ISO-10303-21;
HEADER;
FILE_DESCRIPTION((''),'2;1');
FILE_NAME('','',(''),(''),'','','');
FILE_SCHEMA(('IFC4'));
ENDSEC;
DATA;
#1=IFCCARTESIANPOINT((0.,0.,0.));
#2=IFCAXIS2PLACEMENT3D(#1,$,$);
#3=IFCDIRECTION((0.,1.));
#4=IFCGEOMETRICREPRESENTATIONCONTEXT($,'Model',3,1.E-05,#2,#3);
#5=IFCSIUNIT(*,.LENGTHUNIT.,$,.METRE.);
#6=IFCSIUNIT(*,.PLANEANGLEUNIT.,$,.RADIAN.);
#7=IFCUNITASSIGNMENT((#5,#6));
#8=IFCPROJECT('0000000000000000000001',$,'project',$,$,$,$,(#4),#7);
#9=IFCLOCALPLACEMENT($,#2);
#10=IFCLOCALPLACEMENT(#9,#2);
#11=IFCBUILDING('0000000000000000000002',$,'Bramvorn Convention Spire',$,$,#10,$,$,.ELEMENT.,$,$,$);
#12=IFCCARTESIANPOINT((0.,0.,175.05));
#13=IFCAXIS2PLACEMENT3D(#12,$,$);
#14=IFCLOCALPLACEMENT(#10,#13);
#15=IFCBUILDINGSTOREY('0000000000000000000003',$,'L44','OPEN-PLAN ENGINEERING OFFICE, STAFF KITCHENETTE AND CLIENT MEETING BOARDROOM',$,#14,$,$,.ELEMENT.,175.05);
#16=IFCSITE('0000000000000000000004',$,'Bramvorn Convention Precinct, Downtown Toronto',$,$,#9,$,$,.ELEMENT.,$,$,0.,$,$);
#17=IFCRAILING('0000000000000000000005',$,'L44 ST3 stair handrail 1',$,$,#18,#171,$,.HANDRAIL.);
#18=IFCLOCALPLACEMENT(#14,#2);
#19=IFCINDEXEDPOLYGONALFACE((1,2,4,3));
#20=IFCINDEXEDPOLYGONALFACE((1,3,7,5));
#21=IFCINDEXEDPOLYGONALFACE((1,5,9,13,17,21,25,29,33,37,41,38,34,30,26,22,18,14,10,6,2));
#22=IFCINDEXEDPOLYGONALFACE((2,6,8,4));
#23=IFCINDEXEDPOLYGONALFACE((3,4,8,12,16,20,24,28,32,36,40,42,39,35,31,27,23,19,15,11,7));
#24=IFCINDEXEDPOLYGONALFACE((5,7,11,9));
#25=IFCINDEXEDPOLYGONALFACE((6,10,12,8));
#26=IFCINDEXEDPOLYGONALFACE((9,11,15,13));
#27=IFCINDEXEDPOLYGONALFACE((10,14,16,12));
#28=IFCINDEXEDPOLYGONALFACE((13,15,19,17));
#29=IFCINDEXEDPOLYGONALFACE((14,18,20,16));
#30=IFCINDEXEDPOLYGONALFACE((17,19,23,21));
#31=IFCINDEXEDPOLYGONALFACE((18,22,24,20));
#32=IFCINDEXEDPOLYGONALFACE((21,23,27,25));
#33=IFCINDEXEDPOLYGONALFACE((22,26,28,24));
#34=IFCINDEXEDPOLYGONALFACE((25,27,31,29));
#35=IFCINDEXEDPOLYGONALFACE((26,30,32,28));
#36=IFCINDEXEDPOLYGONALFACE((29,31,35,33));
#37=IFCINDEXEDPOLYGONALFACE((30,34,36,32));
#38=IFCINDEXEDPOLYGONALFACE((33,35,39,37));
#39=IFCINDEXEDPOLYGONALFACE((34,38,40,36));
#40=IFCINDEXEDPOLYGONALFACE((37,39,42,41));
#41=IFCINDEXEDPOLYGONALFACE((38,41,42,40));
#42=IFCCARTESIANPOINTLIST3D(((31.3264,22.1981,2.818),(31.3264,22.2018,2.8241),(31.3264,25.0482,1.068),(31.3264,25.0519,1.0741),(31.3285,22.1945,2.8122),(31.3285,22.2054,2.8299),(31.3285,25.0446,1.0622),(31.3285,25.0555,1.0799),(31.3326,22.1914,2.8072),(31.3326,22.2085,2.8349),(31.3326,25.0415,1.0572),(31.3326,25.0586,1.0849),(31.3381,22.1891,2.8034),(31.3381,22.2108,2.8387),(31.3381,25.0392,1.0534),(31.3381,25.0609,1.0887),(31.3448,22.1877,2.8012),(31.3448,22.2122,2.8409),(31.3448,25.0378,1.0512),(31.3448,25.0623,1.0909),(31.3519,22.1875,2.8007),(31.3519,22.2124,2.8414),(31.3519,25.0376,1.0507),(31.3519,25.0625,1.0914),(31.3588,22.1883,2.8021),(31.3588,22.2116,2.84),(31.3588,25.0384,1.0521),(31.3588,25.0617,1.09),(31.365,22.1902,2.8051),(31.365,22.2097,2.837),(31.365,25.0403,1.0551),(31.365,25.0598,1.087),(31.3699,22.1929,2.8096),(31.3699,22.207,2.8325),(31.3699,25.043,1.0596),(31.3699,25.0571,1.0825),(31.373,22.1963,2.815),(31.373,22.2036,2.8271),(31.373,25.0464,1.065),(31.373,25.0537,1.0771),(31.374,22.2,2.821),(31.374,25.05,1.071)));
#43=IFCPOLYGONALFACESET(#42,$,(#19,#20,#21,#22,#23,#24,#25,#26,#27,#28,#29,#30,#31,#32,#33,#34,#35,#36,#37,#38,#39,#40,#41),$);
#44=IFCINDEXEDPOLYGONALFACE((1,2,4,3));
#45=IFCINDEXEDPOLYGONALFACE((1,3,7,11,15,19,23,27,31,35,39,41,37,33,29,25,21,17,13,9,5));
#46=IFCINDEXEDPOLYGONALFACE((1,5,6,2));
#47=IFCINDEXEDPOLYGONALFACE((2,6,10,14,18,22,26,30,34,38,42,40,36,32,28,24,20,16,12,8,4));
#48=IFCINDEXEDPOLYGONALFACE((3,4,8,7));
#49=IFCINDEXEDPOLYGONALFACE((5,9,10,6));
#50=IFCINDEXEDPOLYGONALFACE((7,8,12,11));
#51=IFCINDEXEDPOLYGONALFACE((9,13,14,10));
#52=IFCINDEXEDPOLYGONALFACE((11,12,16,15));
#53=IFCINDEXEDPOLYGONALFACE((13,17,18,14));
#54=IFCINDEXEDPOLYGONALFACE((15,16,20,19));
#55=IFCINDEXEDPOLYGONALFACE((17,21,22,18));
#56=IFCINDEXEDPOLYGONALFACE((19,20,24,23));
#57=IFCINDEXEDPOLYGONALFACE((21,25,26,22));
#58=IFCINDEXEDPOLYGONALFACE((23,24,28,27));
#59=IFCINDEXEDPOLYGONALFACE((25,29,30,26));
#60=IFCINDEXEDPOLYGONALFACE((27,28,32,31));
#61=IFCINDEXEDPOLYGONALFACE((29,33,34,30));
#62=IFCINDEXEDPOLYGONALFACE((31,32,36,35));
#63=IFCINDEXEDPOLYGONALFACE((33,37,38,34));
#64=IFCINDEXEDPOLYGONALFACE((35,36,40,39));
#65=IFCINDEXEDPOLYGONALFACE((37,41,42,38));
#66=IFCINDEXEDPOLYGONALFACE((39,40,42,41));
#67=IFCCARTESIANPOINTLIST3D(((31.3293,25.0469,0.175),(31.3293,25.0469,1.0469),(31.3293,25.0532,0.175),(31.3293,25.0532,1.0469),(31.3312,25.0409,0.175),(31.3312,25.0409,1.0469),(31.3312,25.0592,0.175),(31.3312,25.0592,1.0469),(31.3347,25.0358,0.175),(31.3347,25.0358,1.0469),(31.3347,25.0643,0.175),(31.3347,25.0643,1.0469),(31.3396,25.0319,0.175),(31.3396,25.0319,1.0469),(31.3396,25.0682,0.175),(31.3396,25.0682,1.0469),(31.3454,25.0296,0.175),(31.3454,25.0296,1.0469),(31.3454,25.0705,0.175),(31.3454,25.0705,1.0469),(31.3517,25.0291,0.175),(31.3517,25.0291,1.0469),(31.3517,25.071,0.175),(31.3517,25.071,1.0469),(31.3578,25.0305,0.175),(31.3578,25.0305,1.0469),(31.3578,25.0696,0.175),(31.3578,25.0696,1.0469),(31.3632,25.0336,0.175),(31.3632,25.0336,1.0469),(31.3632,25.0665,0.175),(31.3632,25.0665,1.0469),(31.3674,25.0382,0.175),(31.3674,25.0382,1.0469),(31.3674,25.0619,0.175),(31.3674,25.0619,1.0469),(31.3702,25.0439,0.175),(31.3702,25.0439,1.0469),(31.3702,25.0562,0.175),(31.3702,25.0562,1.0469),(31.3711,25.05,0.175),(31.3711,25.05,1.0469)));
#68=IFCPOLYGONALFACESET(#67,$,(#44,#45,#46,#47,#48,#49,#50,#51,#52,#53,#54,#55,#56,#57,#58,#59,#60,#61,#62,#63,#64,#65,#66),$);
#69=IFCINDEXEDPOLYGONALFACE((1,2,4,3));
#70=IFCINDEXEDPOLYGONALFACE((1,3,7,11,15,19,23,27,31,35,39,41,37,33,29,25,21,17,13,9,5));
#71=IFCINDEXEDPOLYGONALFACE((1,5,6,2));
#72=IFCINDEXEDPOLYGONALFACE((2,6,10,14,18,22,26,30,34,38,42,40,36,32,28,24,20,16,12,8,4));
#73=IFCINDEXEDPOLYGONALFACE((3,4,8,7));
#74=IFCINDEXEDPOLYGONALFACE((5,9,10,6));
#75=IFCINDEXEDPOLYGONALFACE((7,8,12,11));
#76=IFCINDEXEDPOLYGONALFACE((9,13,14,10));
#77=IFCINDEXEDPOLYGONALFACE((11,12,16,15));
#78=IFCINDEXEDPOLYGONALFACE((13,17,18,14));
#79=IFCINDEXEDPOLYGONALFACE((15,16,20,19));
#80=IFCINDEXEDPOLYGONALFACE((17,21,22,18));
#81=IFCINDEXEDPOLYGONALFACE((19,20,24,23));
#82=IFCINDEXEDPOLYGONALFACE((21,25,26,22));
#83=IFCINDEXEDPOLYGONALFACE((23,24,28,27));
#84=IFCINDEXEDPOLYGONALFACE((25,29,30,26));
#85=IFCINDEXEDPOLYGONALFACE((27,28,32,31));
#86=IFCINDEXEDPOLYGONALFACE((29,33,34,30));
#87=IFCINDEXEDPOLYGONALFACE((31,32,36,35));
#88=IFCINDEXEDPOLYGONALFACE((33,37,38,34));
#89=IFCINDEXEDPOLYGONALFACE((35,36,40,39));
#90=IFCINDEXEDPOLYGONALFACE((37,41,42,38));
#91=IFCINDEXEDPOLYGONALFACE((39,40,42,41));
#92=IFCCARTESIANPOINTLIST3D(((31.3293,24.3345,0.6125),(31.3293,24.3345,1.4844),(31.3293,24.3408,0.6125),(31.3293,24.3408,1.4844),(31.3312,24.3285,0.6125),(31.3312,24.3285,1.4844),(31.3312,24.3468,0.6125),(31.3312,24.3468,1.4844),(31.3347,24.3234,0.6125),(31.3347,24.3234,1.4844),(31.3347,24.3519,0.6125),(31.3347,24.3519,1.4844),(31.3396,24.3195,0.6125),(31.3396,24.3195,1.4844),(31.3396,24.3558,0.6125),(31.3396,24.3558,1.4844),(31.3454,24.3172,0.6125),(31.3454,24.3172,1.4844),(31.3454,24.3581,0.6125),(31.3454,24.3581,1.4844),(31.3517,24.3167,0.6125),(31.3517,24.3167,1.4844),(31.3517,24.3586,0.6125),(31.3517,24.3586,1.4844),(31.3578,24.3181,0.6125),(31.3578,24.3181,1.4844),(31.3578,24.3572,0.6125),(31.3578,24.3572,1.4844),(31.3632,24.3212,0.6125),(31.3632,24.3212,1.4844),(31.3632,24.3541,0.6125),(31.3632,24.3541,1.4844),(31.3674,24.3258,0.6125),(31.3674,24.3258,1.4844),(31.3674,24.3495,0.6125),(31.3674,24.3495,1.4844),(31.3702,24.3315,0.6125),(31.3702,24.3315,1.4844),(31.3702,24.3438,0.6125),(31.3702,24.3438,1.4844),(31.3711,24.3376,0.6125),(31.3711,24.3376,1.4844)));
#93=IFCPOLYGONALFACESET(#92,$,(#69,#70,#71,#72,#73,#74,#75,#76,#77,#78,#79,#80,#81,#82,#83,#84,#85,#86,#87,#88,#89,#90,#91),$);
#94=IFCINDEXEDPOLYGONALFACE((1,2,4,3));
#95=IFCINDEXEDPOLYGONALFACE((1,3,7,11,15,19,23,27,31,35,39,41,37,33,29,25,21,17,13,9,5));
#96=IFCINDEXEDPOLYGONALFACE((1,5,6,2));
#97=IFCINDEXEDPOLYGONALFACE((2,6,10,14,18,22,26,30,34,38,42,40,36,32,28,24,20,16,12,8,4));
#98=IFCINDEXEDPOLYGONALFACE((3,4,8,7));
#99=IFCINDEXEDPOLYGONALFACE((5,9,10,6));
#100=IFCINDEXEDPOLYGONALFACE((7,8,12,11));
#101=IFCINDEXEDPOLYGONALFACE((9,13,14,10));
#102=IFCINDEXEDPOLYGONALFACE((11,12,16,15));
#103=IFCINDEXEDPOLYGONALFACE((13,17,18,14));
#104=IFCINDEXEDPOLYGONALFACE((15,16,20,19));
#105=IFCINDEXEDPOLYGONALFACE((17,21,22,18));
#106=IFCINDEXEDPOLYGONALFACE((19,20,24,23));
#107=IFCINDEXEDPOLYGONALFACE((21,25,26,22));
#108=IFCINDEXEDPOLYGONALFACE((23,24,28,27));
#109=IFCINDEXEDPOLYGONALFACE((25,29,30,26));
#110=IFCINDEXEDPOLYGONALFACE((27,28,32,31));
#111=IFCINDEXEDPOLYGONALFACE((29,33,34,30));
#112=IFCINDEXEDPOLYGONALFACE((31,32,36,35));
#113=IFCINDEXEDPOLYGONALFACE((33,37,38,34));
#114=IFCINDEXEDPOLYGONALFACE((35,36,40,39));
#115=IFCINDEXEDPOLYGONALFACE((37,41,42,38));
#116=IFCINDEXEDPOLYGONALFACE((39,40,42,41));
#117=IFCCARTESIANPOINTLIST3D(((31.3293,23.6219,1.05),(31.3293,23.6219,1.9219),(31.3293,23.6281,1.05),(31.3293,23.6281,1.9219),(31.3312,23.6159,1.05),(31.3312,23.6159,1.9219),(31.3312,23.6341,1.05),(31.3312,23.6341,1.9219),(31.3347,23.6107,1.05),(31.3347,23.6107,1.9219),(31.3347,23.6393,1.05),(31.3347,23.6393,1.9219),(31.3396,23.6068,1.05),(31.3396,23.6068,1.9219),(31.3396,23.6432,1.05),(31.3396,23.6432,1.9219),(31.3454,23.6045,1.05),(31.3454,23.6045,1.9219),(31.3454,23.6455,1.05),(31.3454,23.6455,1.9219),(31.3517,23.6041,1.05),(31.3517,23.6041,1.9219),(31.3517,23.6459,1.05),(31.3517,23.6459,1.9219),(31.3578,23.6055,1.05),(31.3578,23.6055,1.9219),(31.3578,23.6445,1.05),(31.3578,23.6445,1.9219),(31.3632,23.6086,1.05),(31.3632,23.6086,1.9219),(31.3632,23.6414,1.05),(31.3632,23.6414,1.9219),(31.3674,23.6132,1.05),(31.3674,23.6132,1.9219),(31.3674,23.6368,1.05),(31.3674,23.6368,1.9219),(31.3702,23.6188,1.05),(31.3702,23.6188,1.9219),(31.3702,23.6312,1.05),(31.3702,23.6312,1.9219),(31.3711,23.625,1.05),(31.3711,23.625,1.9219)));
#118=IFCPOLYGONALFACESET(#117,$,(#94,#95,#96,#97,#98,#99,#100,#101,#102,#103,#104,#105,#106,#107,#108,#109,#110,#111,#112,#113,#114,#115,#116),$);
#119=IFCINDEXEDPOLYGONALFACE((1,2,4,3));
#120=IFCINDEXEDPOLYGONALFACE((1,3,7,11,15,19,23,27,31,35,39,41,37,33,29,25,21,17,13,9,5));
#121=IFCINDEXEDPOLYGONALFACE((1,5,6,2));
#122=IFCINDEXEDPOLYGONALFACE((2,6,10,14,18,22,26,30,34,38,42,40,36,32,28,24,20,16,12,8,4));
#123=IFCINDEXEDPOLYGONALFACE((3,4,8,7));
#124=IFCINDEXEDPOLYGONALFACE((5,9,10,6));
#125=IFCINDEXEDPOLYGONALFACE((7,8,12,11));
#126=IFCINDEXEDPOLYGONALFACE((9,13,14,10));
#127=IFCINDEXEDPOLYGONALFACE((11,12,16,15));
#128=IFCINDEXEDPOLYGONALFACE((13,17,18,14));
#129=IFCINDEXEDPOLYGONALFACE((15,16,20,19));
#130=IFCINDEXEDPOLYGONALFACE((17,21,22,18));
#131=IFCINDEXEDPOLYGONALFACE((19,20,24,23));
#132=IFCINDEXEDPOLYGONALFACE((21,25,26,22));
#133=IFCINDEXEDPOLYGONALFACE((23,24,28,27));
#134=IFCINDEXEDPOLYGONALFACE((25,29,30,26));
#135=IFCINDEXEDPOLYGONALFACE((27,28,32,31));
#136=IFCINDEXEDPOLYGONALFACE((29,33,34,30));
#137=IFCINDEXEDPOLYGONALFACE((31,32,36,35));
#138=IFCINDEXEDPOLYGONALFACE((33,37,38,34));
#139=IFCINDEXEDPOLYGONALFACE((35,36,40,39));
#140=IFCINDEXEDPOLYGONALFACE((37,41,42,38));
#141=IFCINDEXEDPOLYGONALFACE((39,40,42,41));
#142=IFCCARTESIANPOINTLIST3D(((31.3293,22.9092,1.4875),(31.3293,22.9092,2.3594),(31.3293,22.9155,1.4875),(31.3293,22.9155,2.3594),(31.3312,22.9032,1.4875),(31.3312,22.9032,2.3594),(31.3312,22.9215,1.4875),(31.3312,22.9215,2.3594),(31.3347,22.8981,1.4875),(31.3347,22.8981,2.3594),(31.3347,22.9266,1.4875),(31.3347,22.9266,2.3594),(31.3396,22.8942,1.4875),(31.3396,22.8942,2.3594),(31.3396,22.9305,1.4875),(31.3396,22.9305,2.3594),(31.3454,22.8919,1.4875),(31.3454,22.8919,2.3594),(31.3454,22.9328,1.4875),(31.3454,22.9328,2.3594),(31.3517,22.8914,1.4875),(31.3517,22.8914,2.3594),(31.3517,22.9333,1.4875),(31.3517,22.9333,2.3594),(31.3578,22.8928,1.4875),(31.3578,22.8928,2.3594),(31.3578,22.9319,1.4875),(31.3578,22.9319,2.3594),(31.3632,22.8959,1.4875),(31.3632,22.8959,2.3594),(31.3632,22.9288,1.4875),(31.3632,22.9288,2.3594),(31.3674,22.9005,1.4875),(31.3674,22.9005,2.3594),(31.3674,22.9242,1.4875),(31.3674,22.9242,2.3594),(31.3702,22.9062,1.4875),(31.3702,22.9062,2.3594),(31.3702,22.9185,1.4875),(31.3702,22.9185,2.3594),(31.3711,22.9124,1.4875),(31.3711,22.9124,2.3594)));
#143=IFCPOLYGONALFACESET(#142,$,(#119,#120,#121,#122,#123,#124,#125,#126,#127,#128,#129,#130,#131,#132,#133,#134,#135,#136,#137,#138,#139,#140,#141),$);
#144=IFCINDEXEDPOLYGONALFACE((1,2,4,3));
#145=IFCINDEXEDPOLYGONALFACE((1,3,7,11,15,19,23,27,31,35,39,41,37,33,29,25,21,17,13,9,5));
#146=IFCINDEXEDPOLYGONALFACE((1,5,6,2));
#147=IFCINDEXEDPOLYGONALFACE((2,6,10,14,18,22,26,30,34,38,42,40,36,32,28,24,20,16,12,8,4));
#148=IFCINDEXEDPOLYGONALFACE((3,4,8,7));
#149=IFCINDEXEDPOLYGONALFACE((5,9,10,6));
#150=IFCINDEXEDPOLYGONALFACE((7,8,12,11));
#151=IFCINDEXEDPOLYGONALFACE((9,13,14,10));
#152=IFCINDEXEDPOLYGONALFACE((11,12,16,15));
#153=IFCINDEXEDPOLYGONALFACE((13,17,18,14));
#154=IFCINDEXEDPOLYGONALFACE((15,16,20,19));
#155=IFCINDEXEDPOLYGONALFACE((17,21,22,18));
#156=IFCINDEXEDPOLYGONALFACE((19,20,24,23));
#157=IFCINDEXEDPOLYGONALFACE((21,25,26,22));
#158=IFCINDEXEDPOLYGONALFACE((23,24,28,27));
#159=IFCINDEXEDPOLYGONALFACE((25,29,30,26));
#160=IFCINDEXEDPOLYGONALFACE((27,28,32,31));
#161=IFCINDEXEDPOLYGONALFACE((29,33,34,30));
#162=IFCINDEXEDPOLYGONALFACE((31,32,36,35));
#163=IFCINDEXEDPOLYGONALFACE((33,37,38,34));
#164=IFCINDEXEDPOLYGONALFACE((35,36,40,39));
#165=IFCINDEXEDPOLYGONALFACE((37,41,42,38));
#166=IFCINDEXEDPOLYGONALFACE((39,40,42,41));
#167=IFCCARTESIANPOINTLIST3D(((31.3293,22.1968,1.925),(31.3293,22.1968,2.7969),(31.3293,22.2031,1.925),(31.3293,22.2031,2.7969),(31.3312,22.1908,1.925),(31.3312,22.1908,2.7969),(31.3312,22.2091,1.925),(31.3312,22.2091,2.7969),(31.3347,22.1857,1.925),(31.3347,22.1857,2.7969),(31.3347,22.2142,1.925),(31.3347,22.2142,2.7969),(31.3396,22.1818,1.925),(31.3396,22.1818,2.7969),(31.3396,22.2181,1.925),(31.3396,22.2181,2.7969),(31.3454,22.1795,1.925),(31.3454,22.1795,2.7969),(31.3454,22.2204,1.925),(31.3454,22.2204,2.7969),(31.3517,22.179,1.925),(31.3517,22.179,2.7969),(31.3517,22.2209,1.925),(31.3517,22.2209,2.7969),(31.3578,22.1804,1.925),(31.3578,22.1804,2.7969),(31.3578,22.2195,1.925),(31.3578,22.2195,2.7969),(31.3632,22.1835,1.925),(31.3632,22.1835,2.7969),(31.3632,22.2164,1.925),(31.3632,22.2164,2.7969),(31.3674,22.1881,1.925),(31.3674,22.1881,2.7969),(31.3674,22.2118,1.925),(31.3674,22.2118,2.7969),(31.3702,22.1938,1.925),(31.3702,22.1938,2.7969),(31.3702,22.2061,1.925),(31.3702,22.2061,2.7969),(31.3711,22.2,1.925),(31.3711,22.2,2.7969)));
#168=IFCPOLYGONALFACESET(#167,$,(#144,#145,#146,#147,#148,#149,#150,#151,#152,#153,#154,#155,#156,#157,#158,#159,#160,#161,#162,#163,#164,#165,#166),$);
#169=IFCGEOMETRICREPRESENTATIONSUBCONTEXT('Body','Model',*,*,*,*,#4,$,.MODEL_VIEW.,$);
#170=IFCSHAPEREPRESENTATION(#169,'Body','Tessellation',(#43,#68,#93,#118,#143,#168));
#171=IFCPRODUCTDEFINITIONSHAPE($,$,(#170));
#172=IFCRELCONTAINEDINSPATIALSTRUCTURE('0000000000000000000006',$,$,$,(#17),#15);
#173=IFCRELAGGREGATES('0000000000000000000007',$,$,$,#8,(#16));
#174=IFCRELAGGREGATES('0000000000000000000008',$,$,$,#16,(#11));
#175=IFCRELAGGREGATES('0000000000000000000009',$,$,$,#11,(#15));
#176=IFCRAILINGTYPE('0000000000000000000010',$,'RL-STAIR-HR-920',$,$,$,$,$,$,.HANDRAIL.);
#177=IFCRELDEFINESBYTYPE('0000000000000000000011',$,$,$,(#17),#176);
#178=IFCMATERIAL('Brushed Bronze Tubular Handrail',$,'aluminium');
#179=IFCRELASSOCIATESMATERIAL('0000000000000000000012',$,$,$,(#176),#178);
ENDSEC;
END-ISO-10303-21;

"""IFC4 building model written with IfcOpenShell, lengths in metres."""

from ifc_helpers import new_model, si_unit, direction, frame, origin, origin_2d, place, context, subcontext, project, spatial, circle, extrude, material, type_object, element, save


model = new_model("IFC4")

# Units and contexts
model_context = context("Model", 3, precision=1e-05, world=origin(), true_north=direction((0.0, 1.0)))
body_context = subcontext(model_context, "Body", "Model", "MODEL_VIEW")
ifc_project = project(units=[si_unit("LENGTHUNIT", "METRE"), si_unit("PLANEANGLEUNIT", "RADIAN")], contexts=[model_context])

# Site, building, storey
site_placement = place(None, origin())
site = spatial("IfcSite", under=ifc_project, at=site_placement, Name="Bramvorn Convention Precinct, Downtown Toronto", CompositionType="ELEMENT", RefElevation=0.0)
building_placement = place(site_placement, origin())
building = spatial("IfcBuilding", under=site, at=building_placement, Name="Bramvorn Convention Spire", CompositionType="ELEMENT")
storey_placement = place(building_placement, frame((0.0, 0.0, 175.05)))
storey = spatial("IfcBuildingStorey", under=building, at=storey_placement, Name="L44", Description="OPEN-PLAN ENGINEERING OFFICE, STAFF KITCHENETTE AND CLIENT MEETING BOARDROOM", CompositionType="ELEMENT", Elevation=175.05)

# Railing
ifc_material_1 = material(Name="Brushed Bronze Tubular Handrail", Category="aluminium")
railing_type_1 = type_object("IfcRailingType", Name="RL-STAIR-HR-920", PredefinedType="HANDRAIL", material=ifc_material_1)
railing_1_placement = place(storey_placement, frame((31.3501, 25.05, 0.175)))
element("IfcRailing", 1, at=railing_1_placement, inside=storey, type_object=railing_type_1, Name="L44 ST3 stair handrail 1", PredefinedType="HANDRAIL", context=body_context, shape_type="SweptSolid", body=[
    extrude(circle(Radius=0.0239, at=origin_2d()), frame((0.0, 0.0, 0.896), z_axis=(0.0, -0.852179, 0.52325), x_axis=(1.0, 0.0, 0.0)), (0.0, 0.0, 1.0), 3.3445),
    extrude(circle(Radius=0.021, at=origin_2d()), origin(), (0.0, 0.0, 1.0), 0.8718),
    extrude(circle(Radius=0.021, at=origin_2d()), frame((0.0, -0.7124, 0.4375)), (0.0, 0.0, 1.0), 0.8718),
    extrude(circle(Radius=0.021, at=origin_2d()), frame((0.0, -1.425, 0.875)), (0.0, 0.0, 1.0), 0.8718),
    extrude(circle(Radius=0.021, at=origin_2d()), frame((0.0, -2.1377, 1.3125)), (0.0, 0.0, 1.0), 0.8718),
    extrude(circle(Radius=0.021, at=origin_2d()), frame((0.0, -2.8501, 1.75)), (0.0, 0.0, 1.0), 0.8718),
])

save(model, "model.ifc")
